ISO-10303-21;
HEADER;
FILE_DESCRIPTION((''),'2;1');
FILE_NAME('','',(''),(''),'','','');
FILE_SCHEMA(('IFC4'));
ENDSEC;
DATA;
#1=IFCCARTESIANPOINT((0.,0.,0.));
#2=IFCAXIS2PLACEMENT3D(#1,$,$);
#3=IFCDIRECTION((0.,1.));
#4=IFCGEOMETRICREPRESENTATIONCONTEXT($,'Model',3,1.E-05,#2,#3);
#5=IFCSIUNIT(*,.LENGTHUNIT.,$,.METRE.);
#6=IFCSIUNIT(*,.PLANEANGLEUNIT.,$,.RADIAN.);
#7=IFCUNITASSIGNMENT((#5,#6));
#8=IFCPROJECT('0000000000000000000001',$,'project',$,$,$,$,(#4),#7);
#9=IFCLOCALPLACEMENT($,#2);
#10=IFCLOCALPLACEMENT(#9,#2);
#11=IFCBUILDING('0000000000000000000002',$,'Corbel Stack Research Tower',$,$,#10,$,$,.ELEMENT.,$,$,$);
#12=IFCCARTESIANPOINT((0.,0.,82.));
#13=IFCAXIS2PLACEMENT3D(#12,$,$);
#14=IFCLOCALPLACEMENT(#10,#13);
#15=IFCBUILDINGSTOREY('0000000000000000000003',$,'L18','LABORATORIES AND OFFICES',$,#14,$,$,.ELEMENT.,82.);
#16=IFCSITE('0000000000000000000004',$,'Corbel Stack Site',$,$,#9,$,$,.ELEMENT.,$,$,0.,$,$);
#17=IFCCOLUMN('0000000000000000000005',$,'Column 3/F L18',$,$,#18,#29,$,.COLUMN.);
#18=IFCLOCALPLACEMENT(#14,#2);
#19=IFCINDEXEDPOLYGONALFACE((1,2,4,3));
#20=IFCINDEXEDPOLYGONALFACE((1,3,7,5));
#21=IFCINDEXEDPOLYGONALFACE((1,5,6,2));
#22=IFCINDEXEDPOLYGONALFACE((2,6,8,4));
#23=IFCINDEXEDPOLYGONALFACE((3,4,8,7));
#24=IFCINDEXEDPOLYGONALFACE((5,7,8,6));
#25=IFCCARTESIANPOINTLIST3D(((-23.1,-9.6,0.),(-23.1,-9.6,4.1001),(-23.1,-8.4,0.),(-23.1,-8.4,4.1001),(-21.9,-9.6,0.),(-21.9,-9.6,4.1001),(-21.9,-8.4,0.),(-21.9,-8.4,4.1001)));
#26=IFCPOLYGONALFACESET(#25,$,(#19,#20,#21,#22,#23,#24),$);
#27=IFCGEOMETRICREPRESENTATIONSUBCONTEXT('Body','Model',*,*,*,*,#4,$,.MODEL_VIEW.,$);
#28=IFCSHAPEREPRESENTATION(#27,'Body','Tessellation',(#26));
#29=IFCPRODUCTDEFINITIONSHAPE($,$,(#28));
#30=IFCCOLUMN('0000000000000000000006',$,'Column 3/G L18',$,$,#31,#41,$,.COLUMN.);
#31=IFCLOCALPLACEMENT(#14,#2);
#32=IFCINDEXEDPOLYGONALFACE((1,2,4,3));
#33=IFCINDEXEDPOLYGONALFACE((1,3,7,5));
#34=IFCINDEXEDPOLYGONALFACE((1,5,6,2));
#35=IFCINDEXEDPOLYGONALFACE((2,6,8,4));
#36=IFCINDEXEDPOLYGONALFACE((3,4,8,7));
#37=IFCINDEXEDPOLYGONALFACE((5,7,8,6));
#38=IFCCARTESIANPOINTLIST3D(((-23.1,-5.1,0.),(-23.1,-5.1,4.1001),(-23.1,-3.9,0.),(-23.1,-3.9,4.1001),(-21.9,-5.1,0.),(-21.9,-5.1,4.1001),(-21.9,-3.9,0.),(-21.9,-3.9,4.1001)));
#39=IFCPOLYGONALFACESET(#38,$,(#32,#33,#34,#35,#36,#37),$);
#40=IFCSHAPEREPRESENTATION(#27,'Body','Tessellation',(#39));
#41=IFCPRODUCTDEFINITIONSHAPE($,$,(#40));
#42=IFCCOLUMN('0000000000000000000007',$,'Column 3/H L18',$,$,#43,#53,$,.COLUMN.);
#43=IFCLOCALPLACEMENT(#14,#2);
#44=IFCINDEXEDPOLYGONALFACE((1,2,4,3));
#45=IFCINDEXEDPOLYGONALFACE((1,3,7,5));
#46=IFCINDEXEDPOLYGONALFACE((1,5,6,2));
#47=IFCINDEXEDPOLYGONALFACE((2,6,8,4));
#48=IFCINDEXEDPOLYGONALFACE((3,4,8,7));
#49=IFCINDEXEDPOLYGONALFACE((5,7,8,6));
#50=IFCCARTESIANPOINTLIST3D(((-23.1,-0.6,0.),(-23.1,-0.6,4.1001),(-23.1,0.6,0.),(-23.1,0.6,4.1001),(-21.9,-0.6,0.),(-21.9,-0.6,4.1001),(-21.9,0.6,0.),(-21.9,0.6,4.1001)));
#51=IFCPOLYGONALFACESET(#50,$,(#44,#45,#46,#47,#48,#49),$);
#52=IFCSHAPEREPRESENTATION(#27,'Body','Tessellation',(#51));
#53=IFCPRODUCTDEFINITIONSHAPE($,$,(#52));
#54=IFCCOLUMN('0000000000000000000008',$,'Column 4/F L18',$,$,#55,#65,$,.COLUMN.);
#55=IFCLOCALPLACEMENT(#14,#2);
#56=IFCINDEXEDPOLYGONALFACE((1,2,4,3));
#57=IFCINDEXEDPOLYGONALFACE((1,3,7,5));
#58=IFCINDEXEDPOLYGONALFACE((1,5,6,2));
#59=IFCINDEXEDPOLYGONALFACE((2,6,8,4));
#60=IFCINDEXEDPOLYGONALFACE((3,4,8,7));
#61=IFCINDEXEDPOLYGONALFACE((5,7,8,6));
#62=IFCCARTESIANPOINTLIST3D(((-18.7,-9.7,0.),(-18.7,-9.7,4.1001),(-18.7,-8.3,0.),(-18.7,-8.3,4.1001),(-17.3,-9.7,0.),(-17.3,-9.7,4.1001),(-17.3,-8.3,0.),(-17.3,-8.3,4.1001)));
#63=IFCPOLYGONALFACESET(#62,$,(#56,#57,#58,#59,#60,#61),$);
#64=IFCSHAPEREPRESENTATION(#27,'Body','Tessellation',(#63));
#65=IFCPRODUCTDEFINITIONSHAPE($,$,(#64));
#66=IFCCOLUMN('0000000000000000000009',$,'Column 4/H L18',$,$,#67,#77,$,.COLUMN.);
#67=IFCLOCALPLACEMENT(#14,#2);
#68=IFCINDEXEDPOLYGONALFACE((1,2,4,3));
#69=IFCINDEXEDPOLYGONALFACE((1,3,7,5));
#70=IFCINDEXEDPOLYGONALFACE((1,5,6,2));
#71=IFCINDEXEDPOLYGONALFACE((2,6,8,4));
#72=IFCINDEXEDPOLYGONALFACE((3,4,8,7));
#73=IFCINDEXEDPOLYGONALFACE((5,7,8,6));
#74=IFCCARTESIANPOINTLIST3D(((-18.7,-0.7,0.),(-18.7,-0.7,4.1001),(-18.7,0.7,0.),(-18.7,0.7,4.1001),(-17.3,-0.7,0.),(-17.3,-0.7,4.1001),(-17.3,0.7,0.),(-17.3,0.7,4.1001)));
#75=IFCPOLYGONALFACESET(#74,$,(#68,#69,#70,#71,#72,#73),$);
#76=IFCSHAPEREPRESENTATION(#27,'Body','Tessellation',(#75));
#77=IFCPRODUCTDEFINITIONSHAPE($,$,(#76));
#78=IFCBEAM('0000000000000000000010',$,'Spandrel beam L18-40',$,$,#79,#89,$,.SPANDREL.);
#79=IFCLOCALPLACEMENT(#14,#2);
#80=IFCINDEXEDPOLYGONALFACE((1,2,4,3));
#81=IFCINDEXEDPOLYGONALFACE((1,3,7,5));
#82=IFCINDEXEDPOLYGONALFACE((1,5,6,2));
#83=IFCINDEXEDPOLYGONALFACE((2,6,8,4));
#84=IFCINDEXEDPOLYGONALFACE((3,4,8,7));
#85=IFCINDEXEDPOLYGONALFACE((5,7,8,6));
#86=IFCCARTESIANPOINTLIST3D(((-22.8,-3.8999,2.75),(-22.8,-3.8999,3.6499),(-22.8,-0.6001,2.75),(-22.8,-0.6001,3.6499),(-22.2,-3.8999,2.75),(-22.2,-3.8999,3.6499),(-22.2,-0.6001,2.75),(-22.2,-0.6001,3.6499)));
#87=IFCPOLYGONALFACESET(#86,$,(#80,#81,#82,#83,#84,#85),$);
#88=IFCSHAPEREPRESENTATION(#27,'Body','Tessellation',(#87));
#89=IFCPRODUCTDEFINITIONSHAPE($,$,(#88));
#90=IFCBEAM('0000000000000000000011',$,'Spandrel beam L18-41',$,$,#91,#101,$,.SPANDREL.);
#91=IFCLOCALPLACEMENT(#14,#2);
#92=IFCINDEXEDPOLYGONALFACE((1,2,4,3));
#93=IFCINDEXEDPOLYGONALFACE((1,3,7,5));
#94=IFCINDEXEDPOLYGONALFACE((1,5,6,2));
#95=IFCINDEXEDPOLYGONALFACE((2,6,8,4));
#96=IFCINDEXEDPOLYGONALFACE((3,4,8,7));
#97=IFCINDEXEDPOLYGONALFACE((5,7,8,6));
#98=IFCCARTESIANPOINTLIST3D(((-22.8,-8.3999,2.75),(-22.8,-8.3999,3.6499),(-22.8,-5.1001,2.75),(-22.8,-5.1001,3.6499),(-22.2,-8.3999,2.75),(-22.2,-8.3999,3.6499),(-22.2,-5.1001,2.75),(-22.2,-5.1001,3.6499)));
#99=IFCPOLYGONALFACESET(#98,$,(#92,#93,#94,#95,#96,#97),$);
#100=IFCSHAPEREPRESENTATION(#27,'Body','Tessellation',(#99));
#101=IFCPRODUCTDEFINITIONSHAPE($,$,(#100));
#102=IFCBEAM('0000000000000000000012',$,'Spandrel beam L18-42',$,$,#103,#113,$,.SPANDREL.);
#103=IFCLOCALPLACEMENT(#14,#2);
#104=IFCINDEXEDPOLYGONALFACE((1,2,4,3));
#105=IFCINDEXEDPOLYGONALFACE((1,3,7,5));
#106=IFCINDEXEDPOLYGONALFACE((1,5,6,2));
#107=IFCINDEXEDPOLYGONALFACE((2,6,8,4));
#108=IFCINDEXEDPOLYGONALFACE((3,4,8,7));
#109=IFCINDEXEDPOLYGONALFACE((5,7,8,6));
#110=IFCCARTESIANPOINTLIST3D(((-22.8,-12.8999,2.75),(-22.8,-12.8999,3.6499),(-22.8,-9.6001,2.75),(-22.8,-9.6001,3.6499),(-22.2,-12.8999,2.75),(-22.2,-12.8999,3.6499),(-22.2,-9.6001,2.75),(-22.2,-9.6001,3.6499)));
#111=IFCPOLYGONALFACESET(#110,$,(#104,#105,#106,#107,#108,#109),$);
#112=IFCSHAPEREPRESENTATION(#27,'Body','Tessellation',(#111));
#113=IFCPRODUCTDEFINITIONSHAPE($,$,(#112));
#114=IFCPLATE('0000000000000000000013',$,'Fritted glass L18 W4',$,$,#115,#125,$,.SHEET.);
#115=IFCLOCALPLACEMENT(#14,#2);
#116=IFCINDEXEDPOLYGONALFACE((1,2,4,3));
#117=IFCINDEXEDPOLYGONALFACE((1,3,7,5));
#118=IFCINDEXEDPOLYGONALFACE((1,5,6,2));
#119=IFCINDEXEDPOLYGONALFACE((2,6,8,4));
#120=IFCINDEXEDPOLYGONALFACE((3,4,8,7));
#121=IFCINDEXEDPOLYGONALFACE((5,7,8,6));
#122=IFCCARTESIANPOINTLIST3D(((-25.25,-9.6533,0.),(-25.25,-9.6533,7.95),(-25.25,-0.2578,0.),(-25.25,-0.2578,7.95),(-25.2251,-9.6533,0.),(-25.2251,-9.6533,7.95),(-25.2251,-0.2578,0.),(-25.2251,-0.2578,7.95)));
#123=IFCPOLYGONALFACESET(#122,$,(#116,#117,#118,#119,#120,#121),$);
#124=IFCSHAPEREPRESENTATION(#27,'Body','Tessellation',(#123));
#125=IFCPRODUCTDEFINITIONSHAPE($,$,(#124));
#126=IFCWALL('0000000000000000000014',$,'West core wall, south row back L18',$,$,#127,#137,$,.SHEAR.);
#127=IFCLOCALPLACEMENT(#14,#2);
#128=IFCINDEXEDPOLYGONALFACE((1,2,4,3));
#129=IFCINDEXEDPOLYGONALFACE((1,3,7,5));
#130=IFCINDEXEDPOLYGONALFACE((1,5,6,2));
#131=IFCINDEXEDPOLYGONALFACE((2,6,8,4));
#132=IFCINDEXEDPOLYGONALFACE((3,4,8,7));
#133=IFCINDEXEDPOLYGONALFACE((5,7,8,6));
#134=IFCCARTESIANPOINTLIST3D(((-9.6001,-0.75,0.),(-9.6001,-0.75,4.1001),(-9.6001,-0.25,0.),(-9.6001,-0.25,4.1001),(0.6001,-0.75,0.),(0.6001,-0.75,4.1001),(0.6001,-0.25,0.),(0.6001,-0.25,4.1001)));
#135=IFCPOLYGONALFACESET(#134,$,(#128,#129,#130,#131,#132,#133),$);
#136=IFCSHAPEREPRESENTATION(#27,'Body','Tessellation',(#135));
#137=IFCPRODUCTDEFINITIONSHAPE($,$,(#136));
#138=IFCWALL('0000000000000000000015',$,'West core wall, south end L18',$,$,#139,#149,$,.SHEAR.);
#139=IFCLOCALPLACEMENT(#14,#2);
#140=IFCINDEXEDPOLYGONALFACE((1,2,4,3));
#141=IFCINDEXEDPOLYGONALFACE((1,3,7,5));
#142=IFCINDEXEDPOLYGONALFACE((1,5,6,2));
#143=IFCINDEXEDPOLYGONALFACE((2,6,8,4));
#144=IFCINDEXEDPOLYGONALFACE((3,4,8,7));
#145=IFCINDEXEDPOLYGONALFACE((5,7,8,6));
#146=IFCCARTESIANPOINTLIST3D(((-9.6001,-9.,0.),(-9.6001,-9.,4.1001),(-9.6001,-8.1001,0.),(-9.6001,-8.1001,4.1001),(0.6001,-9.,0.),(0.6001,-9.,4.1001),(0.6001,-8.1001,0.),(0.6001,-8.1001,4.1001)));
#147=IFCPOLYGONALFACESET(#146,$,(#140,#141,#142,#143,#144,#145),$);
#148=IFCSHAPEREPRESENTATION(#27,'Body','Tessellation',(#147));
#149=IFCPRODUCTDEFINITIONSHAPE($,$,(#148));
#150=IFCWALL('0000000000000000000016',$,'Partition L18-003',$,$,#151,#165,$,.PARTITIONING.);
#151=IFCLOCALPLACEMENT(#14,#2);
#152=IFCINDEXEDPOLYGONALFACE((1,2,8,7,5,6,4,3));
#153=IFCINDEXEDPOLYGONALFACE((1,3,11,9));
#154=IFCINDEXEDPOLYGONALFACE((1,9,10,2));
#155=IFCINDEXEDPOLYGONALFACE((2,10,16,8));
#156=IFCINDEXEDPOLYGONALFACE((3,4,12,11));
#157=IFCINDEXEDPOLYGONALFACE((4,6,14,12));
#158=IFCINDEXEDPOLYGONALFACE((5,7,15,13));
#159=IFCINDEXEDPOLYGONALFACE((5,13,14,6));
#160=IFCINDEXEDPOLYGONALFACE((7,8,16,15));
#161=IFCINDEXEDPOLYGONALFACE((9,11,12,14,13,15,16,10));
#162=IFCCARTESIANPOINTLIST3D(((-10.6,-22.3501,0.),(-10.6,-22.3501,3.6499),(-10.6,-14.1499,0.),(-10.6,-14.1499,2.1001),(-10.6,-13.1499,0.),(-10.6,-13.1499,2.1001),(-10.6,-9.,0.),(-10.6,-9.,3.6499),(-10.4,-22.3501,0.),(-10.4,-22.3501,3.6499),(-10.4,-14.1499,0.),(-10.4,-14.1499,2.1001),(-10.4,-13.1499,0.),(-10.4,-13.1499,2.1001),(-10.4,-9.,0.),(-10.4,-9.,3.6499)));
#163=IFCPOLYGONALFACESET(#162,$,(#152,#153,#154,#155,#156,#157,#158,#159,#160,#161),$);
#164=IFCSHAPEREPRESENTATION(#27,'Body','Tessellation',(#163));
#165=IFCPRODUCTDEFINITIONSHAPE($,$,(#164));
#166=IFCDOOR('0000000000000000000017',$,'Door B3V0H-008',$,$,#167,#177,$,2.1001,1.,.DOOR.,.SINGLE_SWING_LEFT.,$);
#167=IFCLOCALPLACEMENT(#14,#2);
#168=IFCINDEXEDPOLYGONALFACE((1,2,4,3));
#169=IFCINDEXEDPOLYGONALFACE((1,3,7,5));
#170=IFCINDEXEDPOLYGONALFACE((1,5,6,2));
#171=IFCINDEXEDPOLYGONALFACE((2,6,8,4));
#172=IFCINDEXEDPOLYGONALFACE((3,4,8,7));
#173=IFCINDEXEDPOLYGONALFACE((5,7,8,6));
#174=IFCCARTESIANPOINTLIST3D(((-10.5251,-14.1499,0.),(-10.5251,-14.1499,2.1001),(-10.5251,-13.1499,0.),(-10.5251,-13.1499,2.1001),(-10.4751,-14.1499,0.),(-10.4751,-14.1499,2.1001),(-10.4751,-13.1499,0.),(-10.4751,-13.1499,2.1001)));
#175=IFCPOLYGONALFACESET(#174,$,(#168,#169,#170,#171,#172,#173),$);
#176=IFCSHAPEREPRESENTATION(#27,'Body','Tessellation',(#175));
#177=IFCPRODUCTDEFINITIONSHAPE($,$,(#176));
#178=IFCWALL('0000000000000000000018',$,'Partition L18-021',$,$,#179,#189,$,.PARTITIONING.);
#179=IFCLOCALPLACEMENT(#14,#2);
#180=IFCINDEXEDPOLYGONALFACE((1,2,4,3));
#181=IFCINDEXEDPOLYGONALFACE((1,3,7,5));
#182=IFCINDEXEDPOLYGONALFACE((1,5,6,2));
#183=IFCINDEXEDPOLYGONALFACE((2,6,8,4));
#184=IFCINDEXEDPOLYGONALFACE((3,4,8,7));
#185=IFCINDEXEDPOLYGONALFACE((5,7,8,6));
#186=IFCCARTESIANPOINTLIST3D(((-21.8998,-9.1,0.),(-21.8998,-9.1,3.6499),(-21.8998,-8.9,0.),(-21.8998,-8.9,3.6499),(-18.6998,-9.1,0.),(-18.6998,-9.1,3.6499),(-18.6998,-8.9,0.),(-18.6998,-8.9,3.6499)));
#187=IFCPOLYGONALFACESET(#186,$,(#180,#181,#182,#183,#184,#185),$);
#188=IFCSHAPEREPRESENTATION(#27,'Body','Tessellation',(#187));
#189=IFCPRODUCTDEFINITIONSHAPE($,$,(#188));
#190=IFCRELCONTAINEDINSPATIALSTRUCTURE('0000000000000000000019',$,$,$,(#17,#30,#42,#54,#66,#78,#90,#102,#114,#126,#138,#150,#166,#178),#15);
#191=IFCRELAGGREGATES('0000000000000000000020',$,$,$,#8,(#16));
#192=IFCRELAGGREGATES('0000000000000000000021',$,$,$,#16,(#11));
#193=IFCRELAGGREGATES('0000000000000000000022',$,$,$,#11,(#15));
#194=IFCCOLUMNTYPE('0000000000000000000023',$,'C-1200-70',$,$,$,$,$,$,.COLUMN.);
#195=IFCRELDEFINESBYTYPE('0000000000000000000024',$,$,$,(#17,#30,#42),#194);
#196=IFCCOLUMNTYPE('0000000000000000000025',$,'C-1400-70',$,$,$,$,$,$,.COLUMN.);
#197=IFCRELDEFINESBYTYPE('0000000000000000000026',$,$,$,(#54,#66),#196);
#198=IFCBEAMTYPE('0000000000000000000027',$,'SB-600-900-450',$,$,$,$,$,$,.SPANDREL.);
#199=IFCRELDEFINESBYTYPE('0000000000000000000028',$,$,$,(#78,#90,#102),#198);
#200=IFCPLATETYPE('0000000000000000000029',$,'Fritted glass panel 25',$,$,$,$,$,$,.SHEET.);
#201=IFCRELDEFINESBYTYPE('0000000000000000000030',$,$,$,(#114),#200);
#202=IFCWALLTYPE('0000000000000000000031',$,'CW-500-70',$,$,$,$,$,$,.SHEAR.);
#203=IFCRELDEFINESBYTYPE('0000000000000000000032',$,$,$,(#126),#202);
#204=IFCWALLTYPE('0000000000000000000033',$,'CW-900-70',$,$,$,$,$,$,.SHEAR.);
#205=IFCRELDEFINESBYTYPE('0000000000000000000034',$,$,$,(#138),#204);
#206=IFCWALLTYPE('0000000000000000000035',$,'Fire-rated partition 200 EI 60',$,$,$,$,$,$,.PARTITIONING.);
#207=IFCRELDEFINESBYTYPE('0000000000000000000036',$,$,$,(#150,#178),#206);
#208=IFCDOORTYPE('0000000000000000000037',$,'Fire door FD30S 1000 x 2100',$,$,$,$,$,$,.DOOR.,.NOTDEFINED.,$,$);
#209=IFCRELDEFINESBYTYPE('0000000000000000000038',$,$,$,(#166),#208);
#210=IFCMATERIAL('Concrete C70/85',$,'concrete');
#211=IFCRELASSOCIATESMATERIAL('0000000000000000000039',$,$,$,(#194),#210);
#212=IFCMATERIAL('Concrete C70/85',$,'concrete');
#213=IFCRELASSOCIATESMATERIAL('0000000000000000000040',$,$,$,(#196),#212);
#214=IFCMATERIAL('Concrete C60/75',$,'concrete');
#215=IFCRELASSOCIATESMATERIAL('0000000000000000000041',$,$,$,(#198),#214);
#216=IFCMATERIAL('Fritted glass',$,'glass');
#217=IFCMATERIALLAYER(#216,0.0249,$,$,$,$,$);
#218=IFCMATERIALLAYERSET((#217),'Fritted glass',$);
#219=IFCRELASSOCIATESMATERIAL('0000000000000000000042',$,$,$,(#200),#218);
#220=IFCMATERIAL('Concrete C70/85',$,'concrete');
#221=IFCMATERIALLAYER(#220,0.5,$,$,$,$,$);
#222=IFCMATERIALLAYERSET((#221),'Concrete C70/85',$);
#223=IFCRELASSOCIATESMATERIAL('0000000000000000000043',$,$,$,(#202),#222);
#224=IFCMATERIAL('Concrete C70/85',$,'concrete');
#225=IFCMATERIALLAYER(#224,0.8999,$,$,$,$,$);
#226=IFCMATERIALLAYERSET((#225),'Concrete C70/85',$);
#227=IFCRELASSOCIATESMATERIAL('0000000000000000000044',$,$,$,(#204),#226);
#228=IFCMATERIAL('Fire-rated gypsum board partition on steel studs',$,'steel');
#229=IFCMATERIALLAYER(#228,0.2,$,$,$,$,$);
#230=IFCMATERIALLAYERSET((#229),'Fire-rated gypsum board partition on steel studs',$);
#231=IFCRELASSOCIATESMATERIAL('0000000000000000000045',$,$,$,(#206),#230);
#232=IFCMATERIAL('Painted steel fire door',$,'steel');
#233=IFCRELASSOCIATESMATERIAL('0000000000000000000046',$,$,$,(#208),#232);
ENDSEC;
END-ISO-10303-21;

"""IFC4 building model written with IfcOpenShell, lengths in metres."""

from ifc_helpers import new_model, si_unit, direction, frame, frame_2d, origin, origin_2d, place, context, subcontext, project, spatial, rectangle, extrude, material, layer, layer_set, material_profile, profile_set, type_object, element, fill, save


model = new_model("IFC4")

# Units and contexts
model_context = context("Model", 3, precision=1e-05, world=origin(), true_north=direction((0.0, 1.0)))
body_context = subcontext(model_context, "Body", "Model", "MODEL_VIEW")
ifc_project = project(units=[si_unit("LENGTHUNIT", "METRE"), si_unit("PLANEANGLEUNIT", "RADIAN")], contexts=[model_context])

# Site, building, storey
site_placement = place(None, origin())
site = spatial("IfcSite", under=ifc_project, at=site_placement, Name="Corbel Stack Site", CompositionType="ELEMENT", RefElevation=0.0)
building_placement = place(site_placement, origin())
building = spatial("IfcBuilding", under=site, at=building_placement, Name="Corbel Stack Research Tower", CompositionType="ELEMENT")
storey_placement = place(building_placement, frame((0.0, 0.0, 82.0)))
storey = spatial("IfcBuildingStorey", under=building, at=storey_placement, Name="L18", Description="LABORATORIES AND OFFICES", CompositionType="ELEMENT", Elevation=82.0)

# Columns
ifc_material_1 = material(Name="Concrete C70/85", Category="concrete")
ifc_material_profile_1 = material_profile(ifc_material_1, rectangle(XDim=1.2, YDim=1.2, at=origin_2d()), Name="RC 1200 x 1200")
ifc_profile_set_1 = profile_set([ifc_material_profile_1], Name="Concrete C70/85")
column_type_1 = type_object("IfcColumnType", Name="C-1200-70", PredefinedType="COLUMN", material=ifc_profile_set_1)
for number, where, z_axis, x_axis, name in (
    (1, (-22.5, -9.0, 0.0), (0.0, 0.0, 1.0), (1.0, 0.0, 0.0), "Column 3/F L18"),
    (2, (-22.5, -4.5, 0.0), (0.0, 0.0, 1.0), (1.0, 0.0, 0.0), "Column 3/G L18"),
    (3, (-22.5, 0.0, 0.0), (0.0, 0.0, 1.0), (1.0, 0.0, 0.0), "Column 3/H L18"),
):
    element("IfcColumn", number, at=place(storey_placement, frame(where, z_axis=z_axis, x_axis=x_axis)), inside=storey, type_object=column_type_1, Name=name, PredefinedType="COLUMN", context=body_context, shape_type="SweptSolid", body=[
        extrude(rectangle(XDim=1.2, YDim=1.2, at=origin_2d()), origin(), (0.0, 0.0, 1.0), 4.1001),
    ])
ifc_material_2 = material(Name="Concrete C70/85", Category="concrete")
ifc_material_profile_2 = material_profile(ifc_material_2, rectangle(XDim=1.3999, YDim=1.3999, at=origin_2d()), Name="RC 1400 x 1400")
ifc_profile_set_2 = profile_set([ifc_material_profile_2], Name="Concrete C70/85")
column_type_2 = type_object("IfcColumnType", Name="C-1400-70", PredefinedType="COLUMN", material=ifc_profile_set_2)
for number, where, z_axis, x_axis, name in (
    (4, (-18.0, -9.0, 0.0), (0.0, 0.0, 1.0), (1.0, 0.0, 0.0), "Column 4/F L18"),
    (5, (-18.0, 0.0, 0.0), (0.0, 0.0, 1.0), (1.0, 0.0, 0.0), "Column 4/H L18"),
):
    element("IfcColumn", number, at=place(storey_placement, frame(where, z_axis=z_axis, x_axis=x_axis)), inside=storey, type_object=column_type_2, Name=name, PredefinedType="COLUMN", context=body_context, shape_type="SweptSolid", body=[
        extrude(rectangle(XDim=1.3999, YDim=1.3999, at=origin_2d()), origin(), (0.0, 0.0, 1.0), 4.1001),
    ])

# Beams
ifc_material_3 = material(Name="Concrete C60/75", Category="concrete")
ifc_material_profile_3 = material_profile(ifc_material_3, rectangle(XDim=0.6001, YDim=0.8999, at=origin_2d()), Name="RC 600 x 900")
ifc_profile_set_3 = profile_set([ifc_material_profile_3], Name="Concrete C60/75")
beam_type = type_object("IfcBeamType", Name="SB-600-900-450", PredefinedType="SPANDREL", material=ifc_profile_set_3)
for number, where, z_axis, x_axis, name in (
    (6, (-22.5, -0.6001, 3.2), (0.0, -1.0, 0.0), (1.0, 0.0, 0.0), "Spandrel beam L18-40"),
    (7, (-22.5, -5.1001, 3.2), (0.0, -1.0, 0.0), (1.0, 0.0, 0.0), "Spandrel beam L18-41"),
    (8, (-22.5, -9.6001, 3.2), (0.0, -1.0, 0.0), (1.0, 0.0, 0.0), "Spandrel beam L18-42"),
):
    element("IfcBeam", number, at=place(storey_placement, frame(where, z_axis=z_axis, x_axis=x_axis)), inside=storey, type_object=beam_type, Name=name, PredefinedType="SPANDREL", context=body_context, shape_type="SweptSolid", body=[
        extrude(rectangle(XDim=0.6001, YDim=0.8999, at=origin_2d()), origin(), (0.0, 0.0, 1.0), 3.2998),
    ])

# Plate
ifc_material_4 = material(Name="Fritted glass", Category="glass")
ifc_layer_1 = layer(ifc_material_4, 0.0249)
ifc_layer_set_1 = layer_set([ifc_layer_1], Name="Fritted glass")
plate_type = type_object("IfcPlateType", Name="Fritted glass panel 25", PredefinedType="SHEET", material=ifc_layer_set_1)
plate_placement = place(storey_placement, frame((-25.2375, -4.9556, 0.0), z_axis=(0.0, 0.0, 1.0), x_axis=(0.0, -1.0, 0.0)))
element("IfcPlate", 9, at=plate_placement, inside=storey, type_object=plate_type, Name="Fritted glass L18 W4", PredefinedType="SHEET", context=body_context, shape_type="SweptSolid", body=[
    extrude(rectangle(XDim=9.3955, YDim=0.0249, at=origin_2d()), origin(), (0.0, 0.0, 1.0), 7.95),
])

# Wall
ifc_material_5 = material(Name="Concrete C70/85", Category="concrete")
ifc_layer_2 = layer(ifc_material_5, 0.5)
ifc_layer_set_2 = layer_set([ifc_layer_2], Name="Concrete C70/85")
wall_type_1 = type_object("IfcWallType", Name="CW-500-70", PredefinedType="SHEAR", material=ifc_layer_set_2)
wall_1_placement = place(storey_placement, frame((-9.6001, -0.5, 0.0), z_axis=(0.0, 0.0, 1.0), x_axis=(1.0, 0.0, 0.0)))
element("IfcWall", 10, at=wall_1_placement, inside=storey, type_object=wall_type_1, Name="West core wall, south row back L18", PredefinedType="SHEAR", context=body_context, shape_type="SweptSolid", body=[
    extrude(rectangle(XDim=10.2002, YDim=0.5, at=frame_2d((5.1001, 0.0))), origin(), (0.0, 0.0, 1.0), 4.1001),
])

# Shared definitions
ifc_material_6 = material(Name="Concrete C70/85", Category="concrete")
ifc_layer_3 = layer(ifc_material_6, 0.8999)
ifc_layer_set_3 = layer_set([ifc_layer_3], Name="Concrete C70/85")
wall_type_2 = type_object("IfcWallType", Name="CW-900-70", PredefinedType="SHEAR", material=ifc_layer_set_3)

# Wall
wall_2_placement = place(storey_placement, frame((-9.6001, -8.55, 0.0), z_axis=(0.0, 0.0, 1.0), x_axis=(1.0, 0.0, 0.0)))
element("IfcWall", 11, at=wall_2_placement, inside=storey, type_object=wall_type_2, Name="West core wall, south end L18", PredefinedType="SHEAR", context=body_context, shape_type="SweptSolid", body=[
    extrude(rectangle(XDim=10.2002, YDim=0.8999, at=frame_2d((5.1001, 0.0))), origin(), (0.0, 0.0, 1.0), 4.1001),
])

# Wall, opening, door
ifc_material_7 = material(Name="Fire-rated gypsum board partition on steel studs", Category="steel")
ifc_layer_4 = layer(ifc_material_7, 0.2)
ifc_layer_set_4 = layer_set([ifc_layer_4], Name="Fire-rated gypsum board partition on steel studs")
wall_type_3 = type_object("IfcWallType", Name="Fire-rated partition 200 EI 60", PredefinedType="PARTITIONING", material=ifc_layer_set_4)
wall_3_placement = place(storey_placement, frame((-10.5, -9.0, 0.0), z_axis=(0.0, 0.0, 1.0), x_axis=(0.0, -1.0, 0.0)))
wall_3 = element("IfcWall", 12, at=wall_3_placement, inside=storey, type_object=wall_type_3, Name="Partition L18-003", PredefinedType="PARTITIONING", context=body_context, shape_type="SweptSolid", body=[
    extrude(rectangle(XDim=13.3501, YDim=0.2, at=frame_2d((6.675, 0.0))), origin(), (0.0, 0.0, 1.0), 3.6499),
])
opening_1_placement = place(wall_3_placement, frame((4.1499, 0.0, 0.0)))
opening_1 = element("IfcOpeningElement", 13, at=opening_1_placement, cuts=wall_3, PredefinedType="OPENING", context=body_context, shape_type="SweptSolid", body=[
    extrude(rectangle(XDim=1.0, YDim=2.1001, at=frame_2d((0.5, 1.05))), frame((0.0, 0.1099, 0.0), z_axis=(0.0, -1.0, 0.0), x_axis=(1.0, 0.0, 0.0)), (0.0, 0.0, 1.0), 0.22),
])
ifc_material_8 = material(Name="Painted steel fire door", Category="steel")
door_type_1 = type_object("IfcDoorType", Name="Fire door FD30S 1000 x 2100", OperationType="NOTDEFINED", PredefinedType="DOOR", material=ifc_material_8)
door_1_placement = place(opening_1_placement, origin())
door_1 = element("IfcDoor", 14, at=door_1_placement, inside=storey, type_object=door_type_1, Name="Door B3V0H-008", OperationType="SINGLE_SWING_LEFT", OverallHeight=2.1001, OverallWidth=1.0, PredefinedType="DOOR", context=body_context, shape_type="SweptSolid", body=[
    extrude(rectangle(XDim=1.0, YDim=2.1001, at=frame_2d((0.5, 1.05))), frame((0.0, 0.0249, 0.0), z_axis=(0.0, -1.0, 0.0), x_axis=(1.0, 0.0, 0.0)), (0.0, 0.0, 1.0), 0.05),
])
fill(opening_1, door_1)

# Wall
wall_4_placement = place(storey_placement, frame((-21.8999, -9.0, 0.0), z_axis=(0.0, 0.0, 1.0), x_axis=(1.0, 0.0, 0.0)))
element("IfcWall", 15, at=wall_4_placement, inside=storey, type_object=wall_type_3, Name="Partition L18-021", PredefinedType="PARTITIONING", context=body_context, shape_type="SweptSolid", body=[
    extrude(rectangle(XDim=3.2, YDim=0.2, at=frame_2d((1.6001, 0.0))), origin(), (0.0, 0.0, 1.0), 3.6499),
])

save(model, "model.ifc")
